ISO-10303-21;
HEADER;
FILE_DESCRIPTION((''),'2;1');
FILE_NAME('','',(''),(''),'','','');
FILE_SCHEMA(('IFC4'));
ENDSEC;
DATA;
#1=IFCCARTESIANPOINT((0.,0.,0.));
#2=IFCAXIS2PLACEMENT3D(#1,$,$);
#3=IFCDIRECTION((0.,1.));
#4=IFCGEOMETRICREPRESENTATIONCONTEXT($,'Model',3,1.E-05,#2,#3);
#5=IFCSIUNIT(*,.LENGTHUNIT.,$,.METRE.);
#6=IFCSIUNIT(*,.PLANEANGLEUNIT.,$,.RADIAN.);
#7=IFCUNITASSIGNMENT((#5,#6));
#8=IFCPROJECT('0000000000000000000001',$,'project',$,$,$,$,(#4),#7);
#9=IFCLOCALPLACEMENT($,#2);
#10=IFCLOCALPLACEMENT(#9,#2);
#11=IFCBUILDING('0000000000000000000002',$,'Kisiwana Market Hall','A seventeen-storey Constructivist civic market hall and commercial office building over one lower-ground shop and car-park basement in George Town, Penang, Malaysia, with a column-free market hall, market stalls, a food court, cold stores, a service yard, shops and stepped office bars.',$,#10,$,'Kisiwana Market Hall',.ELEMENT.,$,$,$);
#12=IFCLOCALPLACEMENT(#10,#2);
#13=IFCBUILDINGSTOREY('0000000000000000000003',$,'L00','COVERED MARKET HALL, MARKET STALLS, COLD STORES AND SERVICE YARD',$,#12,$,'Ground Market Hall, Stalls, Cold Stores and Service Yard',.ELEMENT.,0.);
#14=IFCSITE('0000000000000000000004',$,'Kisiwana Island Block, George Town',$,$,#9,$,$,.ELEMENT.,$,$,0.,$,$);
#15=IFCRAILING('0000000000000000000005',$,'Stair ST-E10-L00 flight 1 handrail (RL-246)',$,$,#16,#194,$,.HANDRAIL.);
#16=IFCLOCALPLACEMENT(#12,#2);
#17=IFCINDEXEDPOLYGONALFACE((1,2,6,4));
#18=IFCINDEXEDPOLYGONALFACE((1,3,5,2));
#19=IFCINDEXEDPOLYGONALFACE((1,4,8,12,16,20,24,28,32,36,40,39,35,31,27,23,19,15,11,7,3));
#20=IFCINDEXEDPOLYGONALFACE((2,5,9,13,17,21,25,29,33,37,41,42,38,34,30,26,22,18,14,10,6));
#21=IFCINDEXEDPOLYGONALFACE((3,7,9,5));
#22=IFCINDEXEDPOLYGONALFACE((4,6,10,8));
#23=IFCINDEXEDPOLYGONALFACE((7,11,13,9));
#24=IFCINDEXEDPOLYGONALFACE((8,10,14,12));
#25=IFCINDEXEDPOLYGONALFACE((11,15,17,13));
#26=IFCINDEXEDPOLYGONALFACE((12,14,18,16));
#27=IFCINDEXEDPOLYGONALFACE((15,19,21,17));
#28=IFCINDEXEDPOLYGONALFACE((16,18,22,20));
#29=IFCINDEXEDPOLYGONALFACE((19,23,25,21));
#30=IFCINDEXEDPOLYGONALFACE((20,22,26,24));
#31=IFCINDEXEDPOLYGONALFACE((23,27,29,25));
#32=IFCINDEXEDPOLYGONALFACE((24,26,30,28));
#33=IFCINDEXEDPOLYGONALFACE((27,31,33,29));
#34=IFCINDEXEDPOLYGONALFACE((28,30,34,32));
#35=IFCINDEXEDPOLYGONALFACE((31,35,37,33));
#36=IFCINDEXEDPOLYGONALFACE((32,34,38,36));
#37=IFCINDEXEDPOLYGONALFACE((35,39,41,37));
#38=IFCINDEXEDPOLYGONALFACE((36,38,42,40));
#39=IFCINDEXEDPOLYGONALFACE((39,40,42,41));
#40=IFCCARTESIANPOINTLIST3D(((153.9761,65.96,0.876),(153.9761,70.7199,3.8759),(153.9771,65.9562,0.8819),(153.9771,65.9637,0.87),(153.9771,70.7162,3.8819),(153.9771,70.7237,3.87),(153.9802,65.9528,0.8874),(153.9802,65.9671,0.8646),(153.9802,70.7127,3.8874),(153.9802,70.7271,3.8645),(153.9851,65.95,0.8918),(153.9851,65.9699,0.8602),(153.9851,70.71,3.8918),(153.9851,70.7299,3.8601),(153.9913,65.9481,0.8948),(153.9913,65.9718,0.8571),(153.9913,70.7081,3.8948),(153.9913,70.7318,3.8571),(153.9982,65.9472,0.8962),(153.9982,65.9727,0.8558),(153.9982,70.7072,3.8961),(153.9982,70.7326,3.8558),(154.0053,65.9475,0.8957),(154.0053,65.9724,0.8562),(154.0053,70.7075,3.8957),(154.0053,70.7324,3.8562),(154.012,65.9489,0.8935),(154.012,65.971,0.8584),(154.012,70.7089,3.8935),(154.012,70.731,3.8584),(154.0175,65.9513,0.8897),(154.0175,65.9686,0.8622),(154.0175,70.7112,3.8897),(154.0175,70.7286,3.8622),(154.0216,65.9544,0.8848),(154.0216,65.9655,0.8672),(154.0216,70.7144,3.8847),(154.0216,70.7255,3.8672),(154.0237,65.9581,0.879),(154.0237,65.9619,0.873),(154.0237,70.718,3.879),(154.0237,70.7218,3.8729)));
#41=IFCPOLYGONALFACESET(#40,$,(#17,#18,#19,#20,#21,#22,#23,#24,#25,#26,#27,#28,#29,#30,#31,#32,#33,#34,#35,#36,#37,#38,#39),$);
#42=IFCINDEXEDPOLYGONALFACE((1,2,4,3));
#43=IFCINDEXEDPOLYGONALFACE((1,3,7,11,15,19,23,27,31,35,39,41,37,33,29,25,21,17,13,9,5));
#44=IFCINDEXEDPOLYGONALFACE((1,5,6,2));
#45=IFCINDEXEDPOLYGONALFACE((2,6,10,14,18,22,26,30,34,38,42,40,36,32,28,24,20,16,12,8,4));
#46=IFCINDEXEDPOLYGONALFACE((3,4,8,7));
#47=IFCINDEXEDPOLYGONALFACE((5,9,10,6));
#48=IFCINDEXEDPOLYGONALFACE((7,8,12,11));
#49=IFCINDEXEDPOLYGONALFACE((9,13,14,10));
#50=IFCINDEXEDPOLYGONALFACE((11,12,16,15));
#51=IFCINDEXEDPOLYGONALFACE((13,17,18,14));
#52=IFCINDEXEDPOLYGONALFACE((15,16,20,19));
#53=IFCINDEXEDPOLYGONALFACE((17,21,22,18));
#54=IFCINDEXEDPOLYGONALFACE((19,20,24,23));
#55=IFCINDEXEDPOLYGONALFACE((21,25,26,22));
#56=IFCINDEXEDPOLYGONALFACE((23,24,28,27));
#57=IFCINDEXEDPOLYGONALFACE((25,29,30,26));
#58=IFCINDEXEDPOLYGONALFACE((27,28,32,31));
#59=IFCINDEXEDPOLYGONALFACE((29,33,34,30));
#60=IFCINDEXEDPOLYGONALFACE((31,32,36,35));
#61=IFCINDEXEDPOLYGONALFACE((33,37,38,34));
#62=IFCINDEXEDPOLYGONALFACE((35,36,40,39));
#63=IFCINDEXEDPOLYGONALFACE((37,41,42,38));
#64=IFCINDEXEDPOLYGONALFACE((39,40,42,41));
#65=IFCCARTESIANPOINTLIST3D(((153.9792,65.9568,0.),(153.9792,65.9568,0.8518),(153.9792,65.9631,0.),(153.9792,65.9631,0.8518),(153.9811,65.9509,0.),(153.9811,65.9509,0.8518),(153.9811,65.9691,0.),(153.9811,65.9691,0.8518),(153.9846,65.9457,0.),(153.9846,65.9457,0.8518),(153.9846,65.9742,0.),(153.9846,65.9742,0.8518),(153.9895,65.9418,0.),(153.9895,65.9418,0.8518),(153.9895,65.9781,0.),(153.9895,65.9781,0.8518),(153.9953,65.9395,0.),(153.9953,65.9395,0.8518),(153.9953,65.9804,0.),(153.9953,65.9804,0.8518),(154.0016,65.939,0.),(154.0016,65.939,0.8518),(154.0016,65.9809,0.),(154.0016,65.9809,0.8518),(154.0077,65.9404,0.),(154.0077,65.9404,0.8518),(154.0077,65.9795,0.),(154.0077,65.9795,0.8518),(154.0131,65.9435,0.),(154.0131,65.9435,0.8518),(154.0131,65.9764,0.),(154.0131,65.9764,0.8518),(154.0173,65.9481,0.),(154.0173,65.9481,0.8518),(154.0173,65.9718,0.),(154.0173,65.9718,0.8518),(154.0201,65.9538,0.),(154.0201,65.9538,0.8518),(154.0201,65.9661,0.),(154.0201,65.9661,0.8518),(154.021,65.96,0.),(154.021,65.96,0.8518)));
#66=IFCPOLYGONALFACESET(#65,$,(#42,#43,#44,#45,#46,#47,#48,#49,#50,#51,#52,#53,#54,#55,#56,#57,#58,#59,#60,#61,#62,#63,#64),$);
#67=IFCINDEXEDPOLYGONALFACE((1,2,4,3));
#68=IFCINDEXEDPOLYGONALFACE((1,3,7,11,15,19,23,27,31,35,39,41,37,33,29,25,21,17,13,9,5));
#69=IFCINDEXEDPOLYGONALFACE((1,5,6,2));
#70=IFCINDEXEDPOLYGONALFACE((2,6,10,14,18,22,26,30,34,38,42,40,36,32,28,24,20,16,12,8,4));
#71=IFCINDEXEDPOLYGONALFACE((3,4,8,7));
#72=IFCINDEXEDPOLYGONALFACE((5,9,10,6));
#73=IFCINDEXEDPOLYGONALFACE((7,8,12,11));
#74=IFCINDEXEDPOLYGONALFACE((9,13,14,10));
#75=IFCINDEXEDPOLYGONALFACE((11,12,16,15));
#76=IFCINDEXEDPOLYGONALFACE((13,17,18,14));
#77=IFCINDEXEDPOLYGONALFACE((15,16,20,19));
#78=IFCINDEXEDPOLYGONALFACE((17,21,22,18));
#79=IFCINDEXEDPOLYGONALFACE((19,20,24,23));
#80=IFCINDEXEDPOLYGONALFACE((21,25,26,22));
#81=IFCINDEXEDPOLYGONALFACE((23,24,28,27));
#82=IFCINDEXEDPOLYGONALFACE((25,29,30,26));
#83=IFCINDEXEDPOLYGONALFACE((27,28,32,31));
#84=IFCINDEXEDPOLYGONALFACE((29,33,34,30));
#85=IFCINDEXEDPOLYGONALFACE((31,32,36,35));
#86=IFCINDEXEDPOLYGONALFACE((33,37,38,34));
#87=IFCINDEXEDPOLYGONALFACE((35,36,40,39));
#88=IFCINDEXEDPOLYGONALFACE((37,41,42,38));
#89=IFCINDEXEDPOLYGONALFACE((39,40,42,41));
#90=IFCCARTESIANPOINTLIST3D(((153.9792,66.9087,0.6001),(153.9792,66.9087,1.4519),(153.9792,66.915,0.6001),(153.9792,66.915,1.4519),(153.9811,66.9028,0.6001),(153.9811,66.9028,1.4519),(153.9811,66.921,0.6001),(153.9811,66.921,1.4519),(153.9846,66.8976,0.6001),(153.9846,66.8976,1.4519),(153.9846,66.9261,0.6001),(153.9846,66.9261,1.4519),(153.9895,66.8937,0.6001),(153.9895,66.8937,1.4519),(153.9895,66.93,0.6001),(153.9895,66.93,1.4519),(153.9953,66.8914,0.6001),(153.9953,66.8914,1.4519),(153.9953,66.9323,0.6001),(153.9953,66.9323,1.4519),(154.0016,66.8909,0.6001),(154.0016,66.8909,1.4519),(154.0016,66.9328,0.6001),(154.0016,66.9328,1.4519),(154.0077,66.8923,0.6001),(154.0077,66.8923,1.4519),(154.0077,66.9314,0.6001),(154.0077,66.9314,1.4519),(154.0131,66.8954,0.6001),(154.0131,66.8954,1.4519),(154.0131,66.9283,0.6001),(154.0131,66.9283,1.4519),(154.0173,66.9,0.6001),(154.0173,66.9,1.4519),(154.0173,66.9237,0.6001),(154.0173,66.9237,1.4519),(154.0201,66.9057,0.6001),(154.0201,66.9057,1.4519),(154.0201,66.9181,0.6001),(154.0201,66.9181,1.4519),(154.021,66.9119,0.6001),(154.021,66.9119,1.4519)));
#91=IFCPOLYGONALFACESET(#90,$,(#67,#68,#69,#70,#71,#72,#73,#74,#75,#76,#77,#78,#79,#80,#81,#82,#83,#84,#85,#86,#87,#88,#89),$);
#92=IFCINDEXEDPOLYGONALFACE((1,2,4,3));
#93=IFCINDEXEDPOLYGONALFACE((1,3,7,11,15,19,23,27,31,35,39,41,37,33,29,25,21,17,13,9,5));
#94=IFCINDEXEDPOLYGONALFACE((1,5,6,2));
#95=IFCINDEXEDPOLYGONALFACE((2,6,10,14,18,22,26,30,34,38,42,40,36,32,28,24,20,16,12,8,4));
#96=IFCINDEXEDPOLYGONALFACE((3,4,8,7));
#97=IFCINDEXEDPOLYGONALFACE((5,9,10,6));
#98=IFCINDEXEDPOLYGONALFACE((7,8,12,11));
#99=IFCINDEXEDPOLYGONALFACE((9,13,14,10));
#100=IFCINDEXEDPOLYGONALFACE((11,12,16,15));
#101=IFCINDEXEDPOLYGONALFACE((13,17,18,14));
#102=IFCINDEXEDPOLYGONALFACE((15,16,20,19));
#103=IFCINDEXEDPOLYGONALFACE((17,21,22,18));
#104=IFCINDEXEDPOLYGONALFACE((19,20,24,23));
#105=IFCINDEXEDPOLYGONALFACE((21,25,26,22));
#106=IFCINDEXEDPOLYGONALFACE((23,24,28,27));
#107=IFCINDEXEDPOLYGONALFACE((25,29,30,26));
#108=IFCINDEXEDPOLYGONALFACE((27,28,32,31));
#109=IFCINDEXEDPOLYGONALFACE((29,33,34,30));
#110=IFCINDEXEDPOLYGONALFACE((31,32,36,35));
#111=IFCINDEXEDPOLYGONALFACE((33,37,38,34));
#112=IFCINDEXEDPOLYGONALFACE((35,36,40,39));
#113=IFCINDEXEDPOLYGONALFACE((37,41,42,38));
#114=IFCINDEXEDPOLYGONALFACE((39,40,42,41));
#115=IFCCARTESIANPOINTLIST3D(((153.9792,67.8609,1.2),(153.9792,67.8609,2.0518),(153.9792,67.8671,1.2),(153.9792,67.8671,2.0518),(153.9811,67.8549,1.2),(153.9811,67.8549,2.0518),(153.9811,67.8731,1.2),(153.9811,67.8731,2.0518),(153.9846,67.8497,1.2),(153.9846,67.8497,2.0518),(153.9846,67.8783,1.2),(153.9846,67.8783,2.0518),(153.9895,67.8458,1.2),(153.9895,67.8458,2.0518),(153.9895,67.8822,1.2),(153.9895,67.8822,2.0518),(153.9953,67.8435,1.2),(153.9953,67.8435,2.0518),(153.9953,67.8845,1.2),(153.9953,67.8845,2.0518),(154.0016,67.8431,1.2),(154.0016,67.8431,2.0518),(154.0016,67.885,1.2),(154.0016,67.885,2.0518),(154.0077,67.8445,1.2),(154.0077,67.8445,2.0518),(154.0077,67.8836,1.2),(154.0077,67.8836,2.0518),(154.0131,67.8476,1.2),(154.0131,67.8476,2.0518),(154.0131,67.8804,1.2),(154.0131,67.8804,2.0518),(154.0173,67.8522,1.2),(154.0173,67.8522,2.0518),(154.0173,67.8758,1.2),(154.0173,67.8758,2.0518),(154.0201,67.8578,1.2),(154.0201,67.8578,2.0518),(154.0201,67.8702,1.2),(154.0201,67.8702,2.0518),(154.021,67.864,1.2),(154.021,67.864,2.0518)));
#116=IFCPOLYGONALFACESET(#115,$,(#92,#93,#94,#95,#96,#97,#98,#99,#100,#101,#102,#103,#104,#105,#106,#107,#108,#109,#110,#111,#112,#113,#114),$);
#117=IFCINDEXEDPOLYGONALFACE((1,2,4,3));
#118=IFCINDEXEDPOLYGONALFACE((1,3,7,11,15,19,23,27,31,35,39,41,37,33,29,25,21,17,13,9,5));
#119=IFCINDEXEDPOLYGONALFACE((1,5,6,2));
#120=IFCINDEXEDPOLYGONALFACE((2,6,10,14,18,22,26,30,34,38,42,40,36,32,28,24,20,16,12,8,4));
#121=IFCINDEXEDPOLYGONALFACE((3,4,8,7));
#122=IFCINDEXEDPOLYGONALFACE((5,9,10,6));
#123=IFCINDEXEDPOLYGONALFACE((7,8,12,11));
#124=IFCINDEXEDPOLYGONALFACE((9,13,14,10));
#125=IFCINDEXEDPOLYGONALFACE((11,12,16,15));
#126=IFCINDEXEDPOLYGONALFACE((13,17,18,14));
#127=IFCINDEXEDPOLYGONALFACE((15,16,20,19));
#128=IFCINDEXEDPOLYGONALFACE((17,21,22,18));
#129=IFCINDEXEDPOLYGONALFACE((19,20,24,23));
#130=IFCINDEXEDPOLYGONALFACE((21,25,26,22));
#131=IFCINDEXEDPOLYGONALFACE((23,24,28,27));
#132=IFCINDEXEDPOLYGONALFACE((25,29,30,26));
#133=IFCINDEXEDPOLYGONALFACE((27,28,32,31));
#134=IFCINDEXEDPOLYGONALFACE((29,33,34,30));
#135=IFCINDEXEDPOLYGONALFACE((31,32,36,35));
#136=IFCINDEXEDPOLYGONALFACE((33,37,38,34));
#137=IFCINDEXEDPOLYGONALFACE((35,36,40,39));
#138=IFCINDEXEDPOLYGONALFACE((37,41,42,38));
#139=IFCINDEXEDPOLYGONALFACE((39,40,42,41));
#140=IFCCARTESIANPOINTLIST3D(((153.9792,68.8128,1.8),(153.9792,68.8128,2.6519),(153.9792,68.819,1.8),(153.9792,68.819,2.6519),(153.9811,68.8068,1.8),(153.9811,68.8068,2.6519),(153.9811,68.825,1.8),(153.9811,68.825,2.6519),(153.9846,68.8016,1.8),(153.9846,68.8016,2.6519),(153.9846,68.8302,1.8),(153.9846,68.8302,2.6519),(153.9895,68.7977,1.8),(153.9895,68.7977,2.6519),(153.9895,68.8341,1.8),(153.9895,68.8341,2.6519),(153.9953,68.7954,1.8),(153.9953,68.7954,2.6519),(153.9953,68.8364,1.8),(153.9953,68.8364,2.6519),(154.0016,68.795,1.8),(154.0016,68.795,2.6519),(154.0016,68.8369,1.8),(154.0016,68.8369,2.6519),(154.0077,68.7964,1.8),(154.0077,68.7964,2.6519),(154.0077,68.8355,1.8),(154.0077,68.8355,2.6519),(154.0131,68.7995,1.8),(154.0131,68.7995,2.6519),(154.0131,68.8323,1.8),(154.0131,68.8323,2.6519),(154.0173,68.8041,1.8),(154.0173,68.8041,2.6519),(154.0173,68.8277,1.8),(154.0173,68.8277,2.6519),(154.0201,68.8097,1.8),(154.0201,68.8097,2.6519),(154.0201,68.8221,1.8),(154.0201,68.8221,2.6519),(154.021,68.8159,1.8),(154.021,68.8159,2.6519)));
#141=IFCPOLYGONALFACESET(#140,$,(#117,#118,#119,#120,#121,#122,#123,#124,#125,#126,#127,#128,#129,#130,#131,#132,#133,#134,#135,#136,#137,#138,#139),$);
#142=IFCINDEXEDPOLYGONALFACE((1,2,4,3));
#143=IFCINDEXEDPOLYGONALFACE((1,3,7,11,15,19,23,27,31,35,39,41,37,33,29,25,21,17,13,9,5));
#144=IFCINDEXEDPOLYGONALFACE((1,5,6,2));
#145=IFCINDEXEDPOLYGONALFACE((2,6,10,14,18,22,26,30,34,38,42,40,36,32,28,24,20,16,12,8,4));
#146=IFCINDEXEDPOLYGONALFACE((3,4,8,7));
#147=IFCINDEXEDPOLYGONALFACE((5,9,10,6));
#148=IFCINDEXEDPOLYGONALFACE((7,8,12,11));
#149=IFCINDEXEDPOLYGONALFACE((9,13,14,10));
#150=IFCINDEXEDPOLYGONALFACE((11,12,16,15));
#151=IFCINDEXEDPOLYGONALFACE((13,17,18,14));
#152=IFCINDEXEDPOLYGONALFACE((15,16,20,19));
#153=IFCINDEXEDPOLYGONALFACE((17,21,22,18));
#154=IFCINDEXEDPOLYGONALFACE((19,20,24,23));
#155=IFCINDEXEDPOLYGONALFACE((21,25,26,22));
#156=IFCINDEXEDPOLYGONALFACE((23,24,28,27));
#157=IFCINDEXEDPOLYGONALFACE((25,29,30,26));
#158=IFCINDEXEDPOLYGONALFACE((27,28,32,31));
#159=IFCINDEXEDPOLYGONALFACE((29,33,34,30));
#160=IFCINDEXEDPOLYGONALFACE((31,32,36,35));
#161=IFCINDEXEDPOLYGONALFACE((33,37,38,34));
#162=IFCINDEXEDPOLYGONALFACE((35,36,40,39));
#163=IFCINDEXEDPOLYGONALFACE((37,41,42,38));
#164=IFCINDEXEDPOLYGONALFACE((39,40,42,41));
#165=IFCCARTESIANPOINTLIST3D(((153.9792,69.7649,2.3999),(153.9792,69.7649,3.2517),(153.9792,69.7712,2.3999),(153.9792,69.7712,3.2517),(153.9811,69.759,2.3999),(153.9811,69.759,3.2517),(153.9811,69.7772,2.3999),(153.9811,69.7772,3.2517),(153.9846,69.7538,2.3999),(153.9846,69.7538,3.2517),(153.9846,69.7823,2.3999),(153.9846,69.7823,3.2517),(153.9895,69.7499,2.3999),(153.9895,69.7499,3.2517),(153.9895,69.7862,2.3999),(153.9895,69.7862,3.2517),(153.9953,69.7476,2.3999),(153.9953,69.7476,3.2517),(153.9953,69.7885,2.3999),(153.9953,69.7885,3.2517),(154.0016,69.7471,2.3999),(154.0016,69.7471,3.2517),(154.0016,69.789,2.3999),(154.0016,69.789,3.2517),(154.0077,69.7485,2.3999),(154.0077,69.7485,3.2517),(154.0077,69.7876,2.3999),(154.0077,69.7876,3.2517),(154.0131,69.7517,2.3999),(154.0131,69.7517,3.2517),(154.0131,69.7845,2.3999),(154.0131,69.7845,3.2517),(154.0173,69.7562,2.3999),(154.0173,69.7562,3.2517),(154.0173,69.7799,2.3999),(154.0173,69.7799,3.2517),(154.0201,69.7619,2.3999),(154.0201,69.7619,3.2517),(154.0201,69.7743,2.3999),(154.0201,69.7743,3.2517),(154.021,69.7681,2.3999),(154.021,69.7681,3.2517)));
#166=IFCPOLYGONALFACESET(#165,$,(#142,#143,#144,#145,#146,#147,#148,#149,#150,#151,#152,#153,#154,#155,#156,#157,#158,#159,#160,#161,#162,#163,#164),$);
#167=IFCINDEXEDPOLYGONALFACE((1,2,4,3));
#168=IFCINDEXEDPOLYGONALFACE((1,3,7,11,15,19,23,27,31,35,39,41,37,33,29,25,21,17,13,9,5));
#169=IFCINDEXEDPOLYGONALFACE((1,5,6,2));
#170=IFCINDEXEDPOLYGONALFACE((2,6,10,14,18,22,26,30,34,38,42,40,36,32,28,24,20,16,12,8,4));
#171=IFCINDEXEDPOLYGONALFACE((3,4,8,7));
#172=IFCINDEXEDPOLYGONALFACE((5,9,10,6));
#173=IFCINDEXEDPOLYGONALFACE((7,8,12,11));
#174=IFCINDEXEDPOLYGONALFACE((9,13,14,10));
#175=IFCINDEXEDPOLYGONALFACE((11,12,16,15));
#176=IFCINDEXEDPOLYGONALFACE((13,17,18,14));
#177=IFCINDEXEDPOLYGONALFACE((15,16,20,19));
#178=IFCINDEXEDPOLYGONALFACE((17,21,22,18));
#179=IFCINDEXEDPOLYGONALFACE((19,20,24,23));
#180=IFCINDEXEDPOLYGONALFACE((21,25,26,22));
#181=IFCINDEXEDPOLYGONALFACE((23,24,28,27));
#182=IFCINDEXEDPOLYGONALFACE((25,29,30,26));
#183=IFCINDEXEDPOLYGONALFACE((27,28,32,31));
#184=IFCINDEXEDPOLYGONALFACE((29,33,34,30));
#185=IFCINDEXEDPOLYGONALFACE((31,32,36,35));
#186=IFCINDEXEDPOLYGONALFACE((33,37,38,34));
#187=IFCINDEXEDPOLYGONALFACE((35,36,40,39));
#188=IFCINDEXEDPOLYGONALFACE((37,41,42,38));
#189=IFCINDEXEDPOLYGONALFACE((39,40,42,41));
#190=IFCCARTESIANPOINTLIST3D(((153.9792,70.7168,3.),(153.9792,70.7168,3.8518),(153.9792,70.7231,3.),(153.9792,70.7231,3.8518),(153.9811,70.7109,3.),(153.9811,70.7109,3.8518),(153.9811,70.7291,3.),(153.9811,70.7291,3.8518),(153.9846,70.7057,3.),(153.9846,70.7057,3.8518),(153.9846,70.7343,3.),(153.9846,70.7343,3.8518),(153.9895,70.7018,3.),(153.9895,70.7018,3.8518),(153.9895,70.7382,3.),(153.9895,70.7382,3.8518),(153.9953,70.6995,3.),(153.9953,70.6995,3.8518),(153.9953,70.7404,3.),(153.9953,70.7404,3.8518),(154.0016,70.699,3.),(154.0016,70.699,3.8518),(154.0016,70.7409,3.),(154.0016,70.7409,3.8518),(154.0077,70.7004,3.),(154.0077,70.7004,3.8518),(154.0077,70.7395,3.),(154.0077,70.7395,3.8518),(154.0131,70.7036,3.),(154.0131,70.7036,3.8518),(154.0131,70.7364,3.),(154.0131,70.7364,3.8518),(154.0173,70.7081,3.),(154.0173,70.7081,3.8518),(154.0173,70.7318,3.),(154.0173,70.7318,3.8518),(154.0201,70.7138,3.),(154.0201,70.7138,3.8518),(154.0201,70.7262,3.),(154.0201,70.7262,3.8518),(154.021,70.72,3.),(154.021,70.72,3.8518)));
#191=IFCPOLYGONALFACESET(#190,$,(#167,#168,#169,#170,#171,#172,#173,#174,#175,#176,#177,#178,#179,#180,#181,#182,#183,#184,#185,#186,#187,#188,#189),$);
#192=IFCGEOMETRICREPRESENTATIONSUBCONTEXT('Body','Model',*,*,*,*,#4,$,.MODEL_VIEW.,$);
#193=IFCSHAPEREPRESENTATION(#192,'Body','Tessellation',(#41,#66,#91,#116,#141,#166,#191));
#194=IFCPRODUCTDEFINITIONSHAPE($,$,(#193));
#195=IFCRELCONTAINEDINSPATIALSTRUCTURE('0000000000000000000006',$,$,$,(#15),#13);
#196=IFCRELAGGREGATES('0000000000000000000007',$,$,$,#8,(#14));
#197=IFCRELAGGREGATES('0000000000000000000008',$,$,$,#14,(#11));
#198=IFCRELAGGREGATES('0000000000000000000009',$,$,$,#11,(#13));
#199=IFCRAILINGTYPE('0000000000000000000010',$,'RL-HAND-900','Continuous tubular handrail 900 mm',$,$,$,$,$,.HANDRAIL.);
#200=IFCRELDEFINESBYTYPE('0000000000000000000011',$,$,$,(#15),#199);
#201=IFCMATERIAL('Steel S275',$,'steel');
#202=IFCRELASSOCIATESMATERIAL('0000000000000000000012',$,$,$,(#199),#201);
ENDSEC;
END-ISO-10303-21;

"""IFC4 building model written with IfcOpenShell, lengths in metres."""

from ifc_helpers import new_model, si_unit, direction, frame, origin, origin_2d, place, context, subcontext, project, spatial, circle, extrude, material, type_object, element, save


model = new_model("IFC4")

# Units and contexts
model_context = context("Model", 3, precision=1e-05, world=origin(), true_north=direction((0.0, 1.0)))
body_context = subcontext(model_context, "Body", "Model", "MODEL_VIEW")
ifc_project = project(units=[si_unit("LENGTHUNIT", "METRE"), si_unit("PLANEANGLEUNIT", "RADIAN")], contexts=[model_context])

# Site, building, storey
site_placement = place(None, origin())
site = spatial("IfcSite", under=ifc_project, at=site_placement, Name="Kisiwana Island Block, George Town", CompositionType="ELEMENT", RefElevation=0.0)
building_placement = place(site_placement, origin())
building = spatial("IfcBuilding", under=site, at=building_placement, Name="Kisiwana Market Hall", Description="A seventeen-storey Constructivist civic market hall and commercial office building over one lower-ground shop and car-park basement in George Town, Penang, Malaysia, with a column-free market hall, market stalls, a food court, cold stores, a service yard, shops and stepped office bars.", LongName="Kisiwana Market Hall", CompositionType="ELEMENT")
storey_placement = place(building_placement, origin())
storey = spatial("IfcBuildingStorey", under=building, at=storey_placement, Name="L00", Description="COVERED MARKET HALL, MARKET STALLS, COLD STORES AND SERVICE YARD", LongName="Ground Market Hall, Stalls, Cold Stores and Service Yard", CompositionType="ELEMENT", Elevation=0.0)

# Railing
ifc_material_1 = material(Name="Steel S275", Category="steel")
railing_type = type_object("IfcRailingType", Name="RL-HAND-900", Description="Continuous tubular handrail 900 mm", PredefinedType="HANDRAIL", material=ifc_material_1)
railing_placement = place(storey_placement, frame((154.0, 65.96, 0.0)))
element("IfcRailing", 1, at=railing_placement, inside=storey, type_object=railing_type, Name="Stair ST-E10-L00 flight 1 handrail (RL-246)", PredefinedType="HANDRAIL", context=body_context, shape_type="SweptSolid", body=[
    extrude(circle(Radius=0.0239, at=origin_2d()), frame((0.0, 0.0, 0.876), z_axis=(0.0, 0.845996, 0.53319), x_axis=(-1.0, 0.0, 0.0)), (0.0, 0.0, 1.0), 5.6265),
    extrude(circle(Radius=0.021, at=origin_2d()), origin(), (0.0, 0.0, 1.0), 0.8518),
    extrude(circle(Radius=0.021, at=origin_2d()), frame((0.0, 0.9519, 0.6001)), (0.0, 0.0, 1.0), 0.8518),
    extrude(circle(Radius=0.021, at=origin_2d()), frame((0.0, 1.9041, 1.2)), (0.0, 0.0, 1.0), 0.8518),
    extrude(circle(Radius=0.021, at=origin_2d()), frame((0.0, 2.856, 1.8)), (0.0, 0.0, 1.0), 0.8518),
    extrude(circle(Radius=0.021, at=origin_2d()), frame((0.0, 3.8081, 2.3999)), (0.0, 0.0, 1.0), 0.8518),
    extrude(circle(Radius=0.021, at=origin_2d()), frame((0.0, 4.76, 3.0)), (0.0, 0.0, 1.0), 0.8518),
])

save(model, "model.ifc")
